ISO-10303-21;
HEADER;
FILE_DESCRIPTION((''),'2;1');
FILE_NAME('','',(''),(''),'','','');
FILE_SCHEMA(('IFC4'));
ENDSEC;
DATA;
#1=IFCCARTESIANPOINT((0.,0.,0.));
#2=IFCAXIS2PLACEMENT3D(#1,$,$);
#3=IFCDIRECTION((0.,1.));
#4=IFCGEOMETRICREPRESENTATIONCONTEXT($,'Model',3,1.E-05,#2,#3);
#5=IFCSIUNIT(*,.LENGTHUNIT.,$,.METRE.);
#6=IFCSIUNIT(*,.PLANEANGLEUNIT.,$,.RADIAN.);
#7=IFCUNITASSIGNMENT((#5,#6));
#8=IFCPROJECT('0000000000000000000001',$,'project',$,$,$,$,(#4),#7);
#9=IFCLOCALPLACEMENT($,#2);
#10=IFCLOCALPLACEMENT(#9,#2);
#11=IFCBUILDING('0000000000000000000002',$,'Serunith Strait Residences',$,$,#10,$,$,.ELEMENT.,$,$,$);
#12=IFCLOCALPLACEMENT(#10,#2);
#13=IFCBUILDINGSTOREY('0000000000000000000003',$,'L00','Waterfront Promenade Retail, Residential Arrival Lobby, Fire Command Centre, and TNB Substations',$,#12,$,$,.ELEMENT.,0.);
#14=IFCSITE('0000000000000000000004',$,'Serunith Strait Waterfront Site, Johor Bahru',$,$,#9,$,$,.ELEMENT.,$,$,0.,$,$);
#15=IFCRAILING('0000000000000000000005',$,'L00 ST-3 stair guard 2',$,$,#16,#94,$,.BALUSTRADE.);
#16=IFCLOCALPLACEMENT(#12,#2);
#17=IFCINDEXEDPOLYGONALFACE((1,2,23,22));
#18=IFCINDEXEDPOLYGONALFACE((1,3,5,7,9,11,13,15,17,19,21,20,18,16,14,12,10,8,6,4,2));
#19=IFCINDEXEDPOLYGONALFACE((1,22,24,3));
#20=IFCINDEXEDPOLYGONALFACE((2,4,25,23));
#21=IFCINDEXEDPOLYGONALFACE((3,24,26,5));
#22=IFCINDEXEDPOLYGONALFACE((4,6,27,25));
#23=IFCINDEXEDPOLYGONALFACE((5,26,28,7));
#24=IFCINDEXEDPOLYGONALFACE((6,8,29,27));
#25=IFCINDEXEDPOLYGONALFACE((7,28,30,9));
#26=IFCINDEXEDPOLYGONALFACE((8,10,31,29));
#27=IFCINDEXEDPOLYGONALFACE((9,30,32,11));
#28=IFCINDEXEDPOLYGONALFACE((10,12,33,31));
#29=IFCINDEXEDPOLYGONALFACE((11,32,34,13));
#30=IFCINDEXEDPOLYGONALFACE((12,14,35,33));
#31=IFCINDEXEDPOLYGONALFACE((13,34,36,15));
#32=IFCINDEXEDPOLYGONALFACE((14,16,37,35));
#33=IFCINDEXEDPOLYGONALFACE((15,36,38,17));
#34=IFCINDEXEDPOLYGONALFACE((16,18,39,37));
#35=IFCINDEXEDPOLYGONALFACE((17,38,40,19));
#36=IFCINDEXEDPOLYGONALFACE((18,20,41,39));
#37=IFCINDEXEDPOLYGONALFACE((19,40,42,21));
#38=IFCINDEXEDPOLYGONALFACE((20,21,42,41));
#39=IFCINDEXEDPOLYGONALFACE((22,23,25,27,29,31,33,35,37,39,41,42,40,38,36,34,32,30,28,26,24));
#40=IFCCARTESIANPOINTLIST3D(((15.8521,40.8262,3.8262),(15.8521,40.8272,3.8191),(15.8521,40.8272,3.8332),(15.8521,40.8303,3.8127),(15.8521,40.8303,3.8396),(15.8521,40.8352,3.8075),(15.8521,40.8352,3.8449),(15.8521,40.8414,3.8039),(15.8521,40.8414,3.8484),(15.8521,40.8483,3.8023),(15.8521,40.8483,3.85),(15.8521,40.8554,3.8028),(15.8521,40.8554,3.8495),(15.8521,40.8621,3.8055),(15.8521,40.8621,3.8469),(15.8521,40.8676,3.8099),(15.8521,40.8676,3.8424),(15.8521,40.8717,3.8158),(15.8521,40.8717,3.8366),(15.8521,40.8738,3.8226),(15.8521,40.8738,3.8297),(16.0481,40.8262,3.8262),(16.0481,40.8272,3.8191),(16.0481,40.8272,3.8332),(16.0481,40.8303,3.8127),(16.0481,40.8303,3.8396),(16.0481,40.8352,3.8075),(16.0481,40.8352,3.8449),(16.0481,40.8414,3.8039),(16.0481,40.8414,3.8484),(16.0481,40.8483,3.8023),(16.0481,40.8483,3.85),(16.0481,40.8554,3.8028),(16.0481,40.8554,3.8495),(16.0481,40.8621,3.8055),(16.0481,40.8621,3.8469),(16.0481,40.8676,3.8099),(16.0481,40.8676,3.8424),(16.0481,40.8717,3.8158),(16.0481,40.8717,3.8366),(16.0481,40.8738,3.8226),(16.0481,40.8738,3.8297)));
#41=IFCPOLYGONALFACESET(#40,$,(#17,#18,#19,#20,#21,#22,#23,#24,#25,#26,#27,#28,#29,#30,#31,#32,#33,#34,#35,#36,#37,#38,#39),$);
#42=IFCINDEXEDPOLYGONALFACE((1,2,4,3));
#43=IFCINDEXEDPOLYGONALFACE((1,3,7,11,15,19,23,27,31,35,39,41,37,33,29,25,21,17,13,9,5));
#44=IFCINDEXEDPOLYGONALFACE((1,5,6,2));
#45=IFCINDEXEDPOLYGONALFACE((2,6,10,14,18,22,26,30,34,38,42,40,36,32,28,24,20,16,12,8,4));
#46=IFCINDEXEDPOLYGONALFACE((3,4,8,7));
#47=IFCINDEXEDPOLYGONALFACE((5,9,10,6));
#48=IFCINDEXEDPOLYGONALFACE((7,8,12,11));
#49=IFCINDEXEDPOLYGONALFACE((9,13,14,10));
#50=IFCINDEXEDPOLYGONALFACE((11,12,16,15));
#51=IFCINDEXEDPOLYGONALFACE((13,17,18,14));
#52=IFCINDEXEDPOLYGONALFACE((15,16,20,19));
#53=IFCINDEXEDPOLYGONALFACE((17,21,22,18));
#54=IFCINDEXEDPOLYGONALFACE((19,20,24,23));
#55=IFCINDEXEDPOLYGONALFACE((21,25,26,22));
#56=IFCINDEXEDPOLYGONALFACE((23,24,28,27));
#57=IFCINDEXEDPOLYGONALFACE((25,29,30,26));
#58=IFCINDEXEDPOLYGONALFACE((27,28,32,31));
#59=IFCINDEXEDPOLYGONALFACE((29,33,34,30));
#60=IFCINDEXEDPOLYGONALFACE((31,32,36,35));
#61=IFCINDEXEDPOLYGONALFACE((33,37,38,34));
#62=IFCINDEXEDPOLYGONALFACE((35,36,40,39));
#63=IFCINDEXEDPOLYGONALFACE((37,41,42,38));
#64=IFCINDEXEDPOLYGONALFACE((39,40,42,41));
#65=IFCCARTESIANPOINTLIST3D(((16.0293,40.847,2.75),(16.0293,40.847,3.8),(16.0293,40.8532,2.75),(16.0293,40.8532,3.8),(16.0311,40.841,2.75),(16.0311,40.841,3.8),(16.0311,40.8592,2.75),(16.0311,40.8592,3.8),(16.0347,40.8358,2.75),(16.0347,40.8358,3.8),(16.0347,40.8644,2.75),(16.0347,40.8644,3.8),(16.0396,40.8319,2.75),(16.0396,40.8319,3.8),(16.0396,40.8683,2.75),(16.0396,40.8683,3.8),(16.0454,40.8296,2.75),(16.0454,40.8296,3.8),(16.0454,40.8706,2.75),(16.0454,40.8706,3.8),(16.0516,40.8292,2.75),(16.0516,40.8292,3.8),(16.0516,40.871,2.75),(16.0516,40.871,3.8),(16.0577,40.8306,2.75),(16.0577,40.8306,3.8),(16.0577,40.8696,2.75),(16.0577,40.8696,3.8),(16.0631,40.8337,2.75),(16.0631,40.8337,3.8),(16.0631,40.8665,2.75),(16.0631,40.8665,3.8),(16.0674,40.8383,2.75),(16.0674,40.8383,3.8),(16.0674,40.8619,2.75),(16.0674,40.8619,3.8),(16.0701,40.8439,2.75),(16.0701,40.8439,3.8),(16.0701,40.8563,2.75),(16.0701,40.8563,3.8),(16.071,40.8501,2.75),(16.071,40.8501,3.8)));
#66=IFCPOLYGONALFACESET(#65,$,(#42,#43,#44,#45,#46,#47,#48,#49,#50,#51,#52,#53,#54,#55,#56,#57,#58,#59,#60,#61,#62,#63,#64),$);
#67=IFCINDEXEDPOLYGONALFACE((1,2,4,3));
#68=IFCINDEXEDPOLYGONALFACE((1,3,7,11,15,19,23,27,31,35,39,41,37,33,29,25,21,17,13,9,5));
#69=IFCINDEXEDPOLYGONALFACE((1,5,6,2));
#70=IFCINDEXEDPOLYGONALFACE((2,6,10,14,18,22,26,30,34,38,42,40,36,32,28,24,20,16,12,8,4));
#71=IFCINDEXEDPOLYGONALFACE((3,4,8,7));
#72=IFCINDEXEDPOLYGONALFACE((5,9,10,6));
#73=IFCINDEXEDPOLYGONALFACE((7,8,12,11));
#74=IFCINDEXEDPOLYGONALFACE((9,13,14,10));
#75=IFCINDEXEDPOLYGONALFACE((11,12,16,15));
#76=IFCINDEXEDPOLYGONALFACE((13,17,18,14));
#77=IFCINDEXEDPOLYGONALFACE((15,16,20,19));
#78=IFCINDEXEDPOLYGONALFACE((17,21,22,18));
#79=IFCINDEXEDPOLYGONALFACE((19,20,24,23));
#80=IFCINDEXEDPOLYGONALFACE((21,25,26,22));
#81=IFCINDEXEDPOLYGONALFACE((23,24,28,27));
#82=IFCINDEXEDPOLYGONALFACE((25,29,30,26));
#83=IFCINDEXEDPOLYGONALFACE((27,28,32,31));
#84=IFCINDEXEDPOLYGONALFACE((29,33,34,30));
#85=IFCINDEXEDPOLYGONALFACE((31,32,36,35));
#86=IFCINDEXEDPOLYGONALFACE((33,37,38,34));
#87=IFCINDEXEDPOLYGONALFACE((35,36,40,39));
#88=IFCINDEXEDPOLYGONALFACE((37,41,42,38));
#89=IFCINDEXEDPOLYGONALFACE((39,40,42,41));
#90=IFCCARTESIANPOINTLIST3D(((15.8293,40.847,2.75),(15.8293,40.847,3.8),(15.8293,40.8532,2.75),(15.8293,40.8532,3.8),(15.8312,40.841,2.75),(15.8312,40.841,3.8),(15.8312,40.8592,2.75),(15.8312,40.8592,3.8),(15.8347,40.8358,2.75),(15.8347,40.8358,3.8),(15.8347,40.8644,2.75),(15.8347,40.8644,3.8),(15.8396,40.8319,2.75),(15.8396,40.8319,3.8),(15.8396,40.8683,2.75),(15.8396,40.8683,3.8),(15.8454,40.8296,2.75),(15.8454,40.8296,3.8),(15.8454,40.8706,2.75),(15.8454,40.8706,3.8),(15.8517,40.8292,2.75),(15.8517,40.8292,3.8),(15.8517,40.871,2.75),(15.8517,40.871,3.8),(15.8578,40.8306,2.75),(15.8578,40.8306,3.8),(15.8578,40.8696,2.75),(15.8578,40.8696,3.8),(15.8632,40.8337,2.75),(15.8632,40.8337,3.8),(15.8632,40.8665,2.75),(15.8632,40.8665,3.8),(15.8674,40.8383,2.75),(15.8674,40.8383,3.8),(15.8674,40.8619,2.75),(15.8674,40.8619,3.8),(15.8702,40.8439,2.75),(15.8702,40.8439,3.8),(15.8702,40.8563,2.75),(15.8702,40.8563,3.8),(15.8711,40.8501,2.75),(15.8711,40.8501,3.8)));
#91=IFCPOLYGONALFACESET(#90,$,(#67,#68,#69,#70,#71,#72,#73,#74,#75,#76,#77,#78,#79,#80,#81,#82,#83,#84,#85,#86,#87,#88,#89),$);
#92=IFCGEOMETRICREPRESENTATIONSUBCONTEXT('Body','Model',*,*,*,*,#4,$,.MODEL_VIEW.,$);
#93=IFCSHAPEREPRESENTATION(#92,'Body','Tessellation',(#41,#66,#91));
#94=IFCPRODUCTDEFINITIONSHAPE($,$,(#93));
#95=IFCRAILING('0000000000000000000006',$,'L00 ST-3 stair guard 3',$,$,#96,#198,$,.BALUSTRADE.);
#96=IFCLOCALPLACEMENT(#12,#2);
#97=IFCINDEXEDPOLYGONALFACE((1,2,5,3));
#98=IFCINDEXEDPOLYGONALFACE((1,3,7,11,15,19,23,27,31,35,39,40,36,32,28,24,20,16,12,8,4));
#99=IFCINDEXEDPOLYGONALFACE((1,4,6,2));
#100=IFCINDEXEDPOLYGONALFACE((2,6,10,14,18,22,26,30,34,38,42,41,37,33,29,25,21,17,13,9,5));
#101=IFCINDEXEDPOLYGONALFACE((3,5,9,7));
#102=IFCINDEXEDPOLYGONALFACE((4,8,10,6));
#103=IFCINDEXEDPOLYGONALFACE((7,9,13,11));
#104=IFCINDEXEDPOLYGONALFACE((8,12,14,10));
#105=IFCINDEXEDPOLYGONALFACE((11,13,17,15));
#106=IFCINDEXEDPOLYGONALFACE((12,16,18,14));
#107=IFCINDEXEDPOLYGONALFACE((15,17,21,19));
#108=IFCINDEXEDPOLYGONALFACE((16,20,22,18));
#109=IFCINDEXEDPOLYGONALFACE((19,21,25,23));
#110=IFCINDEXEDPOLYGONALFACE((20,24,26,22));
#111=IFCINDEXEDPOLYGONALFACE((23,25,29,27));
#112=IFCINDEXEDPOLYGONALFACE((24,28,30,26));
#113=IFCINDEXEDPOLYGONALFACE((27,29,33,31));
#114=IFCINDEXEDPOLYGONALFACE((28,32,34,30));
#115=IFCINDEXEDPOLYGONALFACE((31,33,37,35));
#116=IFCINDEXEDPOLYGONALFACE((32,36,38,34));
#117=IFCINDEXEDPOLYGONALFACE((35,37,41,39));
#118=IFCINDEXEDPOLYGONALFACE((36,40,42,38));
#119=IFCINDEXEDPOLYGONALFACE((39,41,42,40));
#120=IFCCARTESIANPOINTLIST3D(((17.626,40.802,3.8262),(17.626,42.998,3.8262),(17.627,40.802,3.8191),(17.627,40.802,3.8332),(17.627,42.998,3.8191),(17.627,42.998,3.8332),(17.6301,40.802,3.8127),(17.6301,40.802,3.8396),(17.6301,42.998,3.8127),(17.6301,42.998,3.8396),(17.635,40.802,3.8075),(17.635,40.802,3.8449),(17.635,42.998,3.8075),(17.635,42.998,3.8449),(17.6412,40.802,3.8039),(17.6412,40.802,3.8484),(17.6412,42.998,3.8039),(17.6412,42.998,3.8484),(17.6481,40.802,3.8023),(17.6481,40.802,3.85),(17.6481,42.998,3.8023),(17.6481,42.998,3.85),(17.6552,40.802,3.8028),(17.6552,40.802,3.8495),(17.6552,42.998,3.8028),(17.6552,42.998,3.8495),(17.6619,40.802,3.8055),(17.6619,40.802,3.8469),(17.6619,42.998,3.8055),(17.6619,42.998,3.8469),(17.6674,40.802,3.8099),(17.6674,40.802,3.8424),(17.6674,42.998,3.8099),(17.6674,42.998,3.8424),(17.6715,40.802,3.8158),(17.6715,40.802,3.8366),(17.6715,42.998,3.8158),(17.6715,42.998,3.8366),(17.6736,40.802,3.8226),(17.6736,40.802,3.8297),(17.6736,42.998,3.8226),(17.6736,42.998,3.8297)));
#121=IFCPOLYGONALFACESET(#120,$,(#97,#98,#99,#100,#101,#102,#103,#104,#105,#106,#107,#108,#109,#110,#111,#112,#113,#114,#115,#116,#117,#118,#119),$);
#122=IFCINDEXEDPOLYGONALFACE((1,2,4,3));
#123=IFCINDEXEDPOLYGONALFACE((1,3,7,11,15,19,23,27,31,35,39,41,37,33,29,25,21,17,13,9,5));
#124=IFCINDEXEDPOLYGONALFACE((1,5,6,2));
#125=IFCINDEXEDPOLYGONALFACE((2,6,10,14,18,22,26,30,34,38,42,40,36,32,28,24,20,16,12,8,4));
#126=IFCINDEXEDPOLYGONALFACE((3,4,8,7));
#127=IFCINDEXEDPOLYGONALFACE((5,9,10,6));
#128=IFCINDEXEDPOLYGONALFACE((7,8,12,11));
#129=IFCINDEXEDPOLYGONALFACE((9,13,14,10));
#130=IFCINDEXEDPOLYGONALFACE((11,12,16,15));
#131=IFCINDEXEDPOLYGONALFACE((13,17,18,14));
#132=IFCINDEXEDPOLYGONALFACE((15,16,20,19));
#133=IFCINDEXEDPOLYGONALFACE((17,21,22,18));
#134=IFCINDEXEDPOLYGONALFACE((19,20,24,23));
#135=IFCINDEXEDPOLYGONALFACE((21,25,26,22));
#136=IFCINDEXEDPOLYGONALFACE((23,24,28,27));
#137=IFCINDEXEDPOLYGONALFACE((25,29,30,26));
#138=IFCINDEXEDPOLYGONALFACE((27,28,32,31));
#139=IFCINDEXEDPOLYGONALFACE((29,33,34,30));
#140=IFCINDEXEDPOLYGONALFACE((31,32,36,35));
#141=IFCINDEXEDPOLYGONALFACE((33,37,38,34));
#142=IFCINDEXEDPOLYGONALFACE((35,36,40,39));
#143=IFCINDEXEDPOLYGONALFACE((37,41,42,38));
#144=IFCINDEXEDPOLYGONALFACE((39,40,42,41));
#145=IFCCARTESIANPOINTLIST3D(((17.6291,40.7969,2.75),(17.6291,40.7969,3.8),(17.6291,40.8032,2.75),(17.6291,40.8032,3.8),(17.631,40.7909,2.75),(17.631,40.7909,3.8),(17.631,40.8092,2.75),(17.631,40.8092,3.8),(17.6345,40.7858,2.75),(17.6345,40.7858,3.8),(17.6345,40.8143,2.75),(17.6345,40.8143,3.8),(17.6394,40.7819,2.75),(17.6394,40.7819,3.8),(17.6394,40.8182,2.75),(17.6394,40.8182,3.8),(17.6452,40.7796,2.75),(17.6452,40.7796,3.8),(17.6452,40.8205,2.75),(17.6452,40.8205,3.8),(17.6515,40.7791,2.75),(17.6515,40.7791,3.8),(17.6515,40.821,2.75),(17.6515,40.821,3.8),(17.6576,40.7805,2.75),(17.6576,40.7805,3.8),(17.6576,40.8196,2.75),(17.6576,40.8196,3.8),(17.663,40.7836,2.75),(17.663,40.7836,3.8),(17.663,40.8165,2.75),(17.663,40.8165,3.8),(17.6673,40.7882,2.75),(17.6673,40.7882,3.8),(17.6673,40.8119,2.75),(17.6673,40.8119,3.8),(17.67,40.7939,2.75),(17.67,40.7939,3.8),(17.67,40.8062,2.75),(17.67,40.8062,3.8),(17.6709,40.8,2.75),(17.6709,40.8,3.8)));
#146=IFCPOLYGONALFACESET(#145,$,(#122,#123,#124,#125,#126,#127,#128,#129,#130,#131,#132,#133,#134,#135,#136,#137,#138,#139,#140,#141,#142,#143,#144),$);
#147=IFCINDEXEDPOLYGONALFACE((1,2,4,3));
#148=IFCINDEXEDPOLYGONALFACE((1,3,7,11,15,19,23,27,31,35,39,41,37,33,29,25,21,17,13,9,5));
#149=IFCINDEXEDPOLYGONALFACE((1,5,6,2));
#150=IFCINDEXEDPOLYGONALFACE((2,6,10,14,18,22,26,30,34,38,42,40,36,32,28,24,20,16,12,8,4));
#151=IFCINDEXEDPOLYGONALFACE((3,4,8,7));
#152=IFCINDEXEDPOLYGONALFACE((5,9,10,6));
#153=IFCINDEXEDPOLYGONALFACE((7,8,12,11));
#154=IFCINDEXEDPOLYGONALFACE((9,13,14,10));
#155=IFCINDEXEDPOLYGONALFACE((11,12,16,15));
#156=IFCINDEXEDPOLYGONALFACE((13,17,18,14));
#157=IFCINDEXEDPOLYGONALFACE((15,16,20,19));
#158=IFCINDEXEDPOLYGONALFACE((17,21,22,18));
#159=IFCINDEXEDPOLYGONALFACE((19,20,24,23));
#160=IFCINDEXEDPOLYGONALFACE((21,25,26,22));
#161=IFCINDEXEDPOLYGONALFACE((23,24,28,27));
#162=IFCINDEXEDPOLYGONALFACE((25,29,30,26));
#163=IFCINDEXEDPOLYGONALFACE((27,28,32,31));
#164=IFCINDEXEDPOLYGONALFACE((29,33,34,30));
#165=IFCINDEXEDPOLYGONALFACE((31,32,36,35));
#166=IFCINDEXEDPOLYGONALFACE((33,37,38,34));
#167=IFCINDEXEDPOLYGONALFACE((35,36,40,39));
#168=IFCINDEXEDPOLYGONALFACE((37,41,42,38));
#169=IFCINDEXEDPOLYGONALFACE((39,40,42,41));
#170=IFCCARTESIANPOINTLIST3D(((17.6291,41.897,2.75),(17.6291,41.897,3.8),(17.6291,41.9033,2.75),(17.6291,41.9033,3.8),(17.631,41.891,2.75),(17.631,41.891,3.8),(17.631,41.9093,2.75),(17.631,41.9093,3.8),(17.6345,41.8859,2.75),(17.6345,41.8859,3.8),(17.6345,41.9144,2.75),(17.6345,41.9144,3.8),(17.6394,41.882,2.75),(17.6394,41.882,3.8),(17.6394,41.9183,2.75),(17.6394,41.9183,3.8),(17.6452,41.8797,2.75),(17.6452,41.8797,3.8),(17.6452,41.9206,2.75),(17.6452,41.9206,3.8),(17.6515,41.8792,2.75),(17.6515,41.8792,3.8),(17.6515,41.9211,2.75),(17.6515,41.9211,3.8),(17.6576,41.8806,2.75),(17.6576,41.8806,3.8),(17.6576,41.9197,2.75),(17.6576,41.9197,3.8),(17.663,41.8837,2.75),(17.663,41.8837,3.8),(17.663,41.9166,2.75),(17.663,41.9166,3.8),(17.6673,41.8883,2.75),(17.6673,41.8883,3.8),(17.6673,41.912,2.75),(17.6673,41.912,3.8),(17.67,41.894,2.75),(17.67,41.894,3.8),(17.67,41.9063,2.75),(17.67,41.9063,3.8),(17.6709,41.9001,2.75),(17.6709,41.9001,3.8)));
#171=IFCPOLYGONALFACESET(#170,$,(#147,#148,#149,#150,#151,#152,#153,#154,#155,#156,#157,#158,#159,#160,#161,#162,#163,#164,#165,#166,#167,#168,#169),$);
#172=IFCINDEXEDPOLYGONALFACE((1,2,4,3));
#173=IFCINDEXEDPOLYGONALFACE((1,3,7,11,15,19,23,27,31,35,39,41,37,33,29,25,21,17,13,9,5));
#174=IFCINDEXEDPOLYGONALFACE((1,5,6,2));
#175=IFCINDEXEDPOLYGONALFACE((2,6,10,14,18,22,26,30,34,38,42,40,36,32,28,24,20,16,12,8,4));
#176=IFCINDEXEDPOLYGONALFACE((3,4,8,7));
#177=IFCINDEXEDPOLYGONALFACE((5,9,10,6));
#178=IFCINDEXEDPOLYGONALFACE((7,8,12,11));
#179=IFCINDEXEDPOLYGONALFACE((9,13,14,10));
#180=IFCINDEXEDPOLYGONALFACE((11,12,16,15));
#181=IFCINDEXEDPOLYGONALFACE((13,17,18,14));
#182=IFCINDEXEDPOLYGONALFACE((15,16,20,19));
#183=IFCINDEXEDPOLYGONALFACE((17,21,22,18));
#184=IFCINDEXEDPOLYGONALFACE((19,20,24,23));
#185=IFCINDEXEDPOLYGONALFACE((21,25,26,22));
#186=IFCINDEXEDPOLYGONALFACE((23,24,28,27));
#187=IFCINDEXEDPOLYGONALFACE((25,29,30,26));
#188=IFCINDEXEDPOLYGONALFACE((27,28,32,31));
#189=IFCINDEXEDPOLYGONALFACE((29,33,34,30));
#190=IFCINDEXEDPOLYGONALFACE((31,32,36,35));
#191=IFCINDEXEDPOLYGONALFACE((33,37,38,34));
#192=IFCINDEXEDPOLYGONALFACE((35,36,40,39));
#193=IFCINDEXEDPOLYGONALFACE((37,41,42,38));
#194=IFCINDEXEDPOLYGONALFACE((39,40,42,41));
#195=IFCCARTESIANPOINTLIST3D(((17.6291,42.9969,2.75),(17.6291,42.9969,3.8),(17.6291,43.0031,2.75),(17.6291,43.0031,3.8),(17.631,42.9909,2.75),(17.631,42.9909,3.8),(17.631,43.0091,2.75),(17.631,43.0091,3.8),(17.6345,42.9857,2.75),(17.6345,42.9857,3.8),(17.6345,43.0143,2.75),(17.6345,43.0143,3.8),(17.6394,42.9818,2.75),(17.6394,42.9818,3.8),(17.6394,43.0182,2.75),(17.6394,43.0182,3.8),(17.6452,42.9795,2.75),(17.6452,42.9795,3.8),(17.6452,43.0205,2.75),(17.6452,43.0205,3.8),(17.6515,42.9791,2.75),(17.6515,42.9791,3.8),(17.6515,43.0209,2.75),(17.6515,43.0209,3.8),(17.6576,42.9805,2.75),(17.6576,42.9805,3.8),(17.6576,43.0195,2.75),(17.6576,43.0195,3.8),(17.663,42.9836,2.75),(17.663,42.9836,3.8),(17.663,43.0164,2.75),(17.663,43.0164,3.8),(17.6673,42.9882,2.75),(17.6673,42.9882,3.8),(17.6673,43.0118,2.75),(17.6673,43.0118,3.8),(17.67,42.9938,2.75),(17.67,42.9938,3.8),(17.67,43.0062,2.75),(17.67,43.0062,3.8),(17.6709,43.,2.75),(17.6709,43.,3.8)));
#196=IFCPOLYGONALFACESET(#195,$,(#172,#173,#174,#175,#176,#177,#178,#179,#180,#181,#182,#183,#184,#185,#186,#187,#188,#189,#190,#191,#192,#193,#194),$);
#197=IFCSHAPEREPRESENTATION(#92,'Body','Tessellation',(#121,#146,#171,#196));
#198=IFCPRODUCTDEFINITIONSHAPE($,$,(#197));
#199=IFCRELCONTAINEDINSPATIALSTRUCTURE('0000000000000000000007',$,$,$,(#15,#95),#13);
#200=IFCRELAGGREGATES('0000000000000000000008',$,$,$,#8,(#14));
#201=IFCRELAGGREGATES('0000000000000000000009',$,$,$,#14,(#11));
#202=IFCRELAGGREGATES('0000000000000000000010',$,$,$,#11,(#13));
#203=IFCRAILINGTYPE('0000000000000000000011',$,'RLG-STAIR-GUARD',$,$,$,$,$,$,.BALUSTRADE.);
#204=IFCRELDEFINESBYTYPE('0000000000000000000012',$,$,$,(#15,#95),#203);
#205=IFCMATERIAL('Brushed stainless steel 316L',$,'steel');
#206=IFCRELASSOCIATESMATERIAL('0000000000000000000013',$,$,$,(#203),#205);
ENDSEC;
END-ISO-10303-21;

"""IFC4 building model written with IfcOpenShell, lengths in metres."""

from ifc_helpers import new_model, si_unit, direction, frame, origin, origin_2d, place, context, subcontext, project, spatial, circle, extrude, material, type_object, element, save


model = new_model("IFC4")

# Units and contexts
model_context = context("Model", 3, precision=1e-05, world=origin(), true_north=direction((0.0, 1.0)))
body_context = subcontext(model_context, "Body", "Model", "MODEL_VIEW")
ifc_project = project(units=[si_unit("LENGTHUNIT", "METRE"), si_unit("PLANEANGLEUNIT", "RADIAN")], contexts=[model_context])

# Site, building, storey
site_placement = place(None, origin())
site = spatial("IfcSite", under=ifc_project, at=site_placement, Name="Serunith Strait Waterfront Site, Johor Bahru", CompositionType="ELEMENT", RefElevation=0.0)
building_placement = place(site_placement, origin())
building = spatial("IfcBuilding", under=site, at=building_placement, Name="Serunith Strait Residences", CompositionType="ELEMENT")
storey_placement = place(building_placement, origin())
storey = spatial("IfcBuildingStorey", under=building, at=storey_placement, Name="L00", Description="Waterfront Promenade Retail, Residential Arrival Lobby, Fire Command Centre, and TNB Substations", CompositionType="ELEMENT", Elevation=0.0)

# Railings
ifc_material_1 = material(Name="Brushed stainless steel 316L", Category="steel")
railing_type_1 = type_object("IfcRailingType", Name="RLG-STAIR-GUARD", PredefinedType="BALUSTRADE", material=ifc_material_1)
railing_1_placement = place(storey_placement, frame((16.05, 40.8501, 2.75)))
element("IfcRailing", 1, at=railing_1_placement, inside=storey, type_object=railing_type_1, Name="L00 ST-3 stair guard 2", PredefinedType="BALUSTRADE", context=body_context, shape_type="SweptSolid", body=[
    extrude(circle(Radius=0.0239, at=origin_2d()), frame((-0.002, 0.0, 1.0762), z_axis=(-1.0, 0.0, 0.0), x_axis=(0.0, -1.0, 0.0)), (0.0, 0.0, 1.0), 0.196),
    extrude(circle(Radius=0.021, at=origin_2d()), origin(), (0.0, 0.0, 1.0), 1.05),
    extrude(circle(Radius=0.021, at=origin_2d()), frame((-0.2, 0.0, 0.0)), (0.0, 0.0, 1.0), 1.05),
])
for number, where, name in (
    (2, (17.6499, 40.8, 2.75), "L00 ST-3 stair guard 3"),
):
    element("IfcRailing", number, at=place(storey_placement, frame(where)), inside=storey, type_object=railing_type_1, Name=name, PredefinedType="BALUSTRADE", context=body_context, shape_type="SweptSolid", body=[
        extrude(circle(Radius=0.0239, at=origin_2d()), frame((0.0, 0.002, 1.0762), z_axis=(0.0, 1.0, 0.0), x_axis=(-1.0, 0.0, 0.0)), (0.0, 0.0, 1.0), 2.196),
        extrude(circle(Radius=0.021, at=origin_2d()), origin(), (0.0, 0.0, 1.0), 1.05),
        extrude(circle(Radius=0.021, at=origin_2d()), frame((0.0, 1.1001, 0.0)), (0.0, 0.0, 1.0), 1.05),
        extrude(circle(Radius=0.021, at=origin_2d()), frame((0.0, 2.2, 0.0)), (0.0, 0.0, 1.0), 1.05),
    ])

save(model, "model.ifc")
